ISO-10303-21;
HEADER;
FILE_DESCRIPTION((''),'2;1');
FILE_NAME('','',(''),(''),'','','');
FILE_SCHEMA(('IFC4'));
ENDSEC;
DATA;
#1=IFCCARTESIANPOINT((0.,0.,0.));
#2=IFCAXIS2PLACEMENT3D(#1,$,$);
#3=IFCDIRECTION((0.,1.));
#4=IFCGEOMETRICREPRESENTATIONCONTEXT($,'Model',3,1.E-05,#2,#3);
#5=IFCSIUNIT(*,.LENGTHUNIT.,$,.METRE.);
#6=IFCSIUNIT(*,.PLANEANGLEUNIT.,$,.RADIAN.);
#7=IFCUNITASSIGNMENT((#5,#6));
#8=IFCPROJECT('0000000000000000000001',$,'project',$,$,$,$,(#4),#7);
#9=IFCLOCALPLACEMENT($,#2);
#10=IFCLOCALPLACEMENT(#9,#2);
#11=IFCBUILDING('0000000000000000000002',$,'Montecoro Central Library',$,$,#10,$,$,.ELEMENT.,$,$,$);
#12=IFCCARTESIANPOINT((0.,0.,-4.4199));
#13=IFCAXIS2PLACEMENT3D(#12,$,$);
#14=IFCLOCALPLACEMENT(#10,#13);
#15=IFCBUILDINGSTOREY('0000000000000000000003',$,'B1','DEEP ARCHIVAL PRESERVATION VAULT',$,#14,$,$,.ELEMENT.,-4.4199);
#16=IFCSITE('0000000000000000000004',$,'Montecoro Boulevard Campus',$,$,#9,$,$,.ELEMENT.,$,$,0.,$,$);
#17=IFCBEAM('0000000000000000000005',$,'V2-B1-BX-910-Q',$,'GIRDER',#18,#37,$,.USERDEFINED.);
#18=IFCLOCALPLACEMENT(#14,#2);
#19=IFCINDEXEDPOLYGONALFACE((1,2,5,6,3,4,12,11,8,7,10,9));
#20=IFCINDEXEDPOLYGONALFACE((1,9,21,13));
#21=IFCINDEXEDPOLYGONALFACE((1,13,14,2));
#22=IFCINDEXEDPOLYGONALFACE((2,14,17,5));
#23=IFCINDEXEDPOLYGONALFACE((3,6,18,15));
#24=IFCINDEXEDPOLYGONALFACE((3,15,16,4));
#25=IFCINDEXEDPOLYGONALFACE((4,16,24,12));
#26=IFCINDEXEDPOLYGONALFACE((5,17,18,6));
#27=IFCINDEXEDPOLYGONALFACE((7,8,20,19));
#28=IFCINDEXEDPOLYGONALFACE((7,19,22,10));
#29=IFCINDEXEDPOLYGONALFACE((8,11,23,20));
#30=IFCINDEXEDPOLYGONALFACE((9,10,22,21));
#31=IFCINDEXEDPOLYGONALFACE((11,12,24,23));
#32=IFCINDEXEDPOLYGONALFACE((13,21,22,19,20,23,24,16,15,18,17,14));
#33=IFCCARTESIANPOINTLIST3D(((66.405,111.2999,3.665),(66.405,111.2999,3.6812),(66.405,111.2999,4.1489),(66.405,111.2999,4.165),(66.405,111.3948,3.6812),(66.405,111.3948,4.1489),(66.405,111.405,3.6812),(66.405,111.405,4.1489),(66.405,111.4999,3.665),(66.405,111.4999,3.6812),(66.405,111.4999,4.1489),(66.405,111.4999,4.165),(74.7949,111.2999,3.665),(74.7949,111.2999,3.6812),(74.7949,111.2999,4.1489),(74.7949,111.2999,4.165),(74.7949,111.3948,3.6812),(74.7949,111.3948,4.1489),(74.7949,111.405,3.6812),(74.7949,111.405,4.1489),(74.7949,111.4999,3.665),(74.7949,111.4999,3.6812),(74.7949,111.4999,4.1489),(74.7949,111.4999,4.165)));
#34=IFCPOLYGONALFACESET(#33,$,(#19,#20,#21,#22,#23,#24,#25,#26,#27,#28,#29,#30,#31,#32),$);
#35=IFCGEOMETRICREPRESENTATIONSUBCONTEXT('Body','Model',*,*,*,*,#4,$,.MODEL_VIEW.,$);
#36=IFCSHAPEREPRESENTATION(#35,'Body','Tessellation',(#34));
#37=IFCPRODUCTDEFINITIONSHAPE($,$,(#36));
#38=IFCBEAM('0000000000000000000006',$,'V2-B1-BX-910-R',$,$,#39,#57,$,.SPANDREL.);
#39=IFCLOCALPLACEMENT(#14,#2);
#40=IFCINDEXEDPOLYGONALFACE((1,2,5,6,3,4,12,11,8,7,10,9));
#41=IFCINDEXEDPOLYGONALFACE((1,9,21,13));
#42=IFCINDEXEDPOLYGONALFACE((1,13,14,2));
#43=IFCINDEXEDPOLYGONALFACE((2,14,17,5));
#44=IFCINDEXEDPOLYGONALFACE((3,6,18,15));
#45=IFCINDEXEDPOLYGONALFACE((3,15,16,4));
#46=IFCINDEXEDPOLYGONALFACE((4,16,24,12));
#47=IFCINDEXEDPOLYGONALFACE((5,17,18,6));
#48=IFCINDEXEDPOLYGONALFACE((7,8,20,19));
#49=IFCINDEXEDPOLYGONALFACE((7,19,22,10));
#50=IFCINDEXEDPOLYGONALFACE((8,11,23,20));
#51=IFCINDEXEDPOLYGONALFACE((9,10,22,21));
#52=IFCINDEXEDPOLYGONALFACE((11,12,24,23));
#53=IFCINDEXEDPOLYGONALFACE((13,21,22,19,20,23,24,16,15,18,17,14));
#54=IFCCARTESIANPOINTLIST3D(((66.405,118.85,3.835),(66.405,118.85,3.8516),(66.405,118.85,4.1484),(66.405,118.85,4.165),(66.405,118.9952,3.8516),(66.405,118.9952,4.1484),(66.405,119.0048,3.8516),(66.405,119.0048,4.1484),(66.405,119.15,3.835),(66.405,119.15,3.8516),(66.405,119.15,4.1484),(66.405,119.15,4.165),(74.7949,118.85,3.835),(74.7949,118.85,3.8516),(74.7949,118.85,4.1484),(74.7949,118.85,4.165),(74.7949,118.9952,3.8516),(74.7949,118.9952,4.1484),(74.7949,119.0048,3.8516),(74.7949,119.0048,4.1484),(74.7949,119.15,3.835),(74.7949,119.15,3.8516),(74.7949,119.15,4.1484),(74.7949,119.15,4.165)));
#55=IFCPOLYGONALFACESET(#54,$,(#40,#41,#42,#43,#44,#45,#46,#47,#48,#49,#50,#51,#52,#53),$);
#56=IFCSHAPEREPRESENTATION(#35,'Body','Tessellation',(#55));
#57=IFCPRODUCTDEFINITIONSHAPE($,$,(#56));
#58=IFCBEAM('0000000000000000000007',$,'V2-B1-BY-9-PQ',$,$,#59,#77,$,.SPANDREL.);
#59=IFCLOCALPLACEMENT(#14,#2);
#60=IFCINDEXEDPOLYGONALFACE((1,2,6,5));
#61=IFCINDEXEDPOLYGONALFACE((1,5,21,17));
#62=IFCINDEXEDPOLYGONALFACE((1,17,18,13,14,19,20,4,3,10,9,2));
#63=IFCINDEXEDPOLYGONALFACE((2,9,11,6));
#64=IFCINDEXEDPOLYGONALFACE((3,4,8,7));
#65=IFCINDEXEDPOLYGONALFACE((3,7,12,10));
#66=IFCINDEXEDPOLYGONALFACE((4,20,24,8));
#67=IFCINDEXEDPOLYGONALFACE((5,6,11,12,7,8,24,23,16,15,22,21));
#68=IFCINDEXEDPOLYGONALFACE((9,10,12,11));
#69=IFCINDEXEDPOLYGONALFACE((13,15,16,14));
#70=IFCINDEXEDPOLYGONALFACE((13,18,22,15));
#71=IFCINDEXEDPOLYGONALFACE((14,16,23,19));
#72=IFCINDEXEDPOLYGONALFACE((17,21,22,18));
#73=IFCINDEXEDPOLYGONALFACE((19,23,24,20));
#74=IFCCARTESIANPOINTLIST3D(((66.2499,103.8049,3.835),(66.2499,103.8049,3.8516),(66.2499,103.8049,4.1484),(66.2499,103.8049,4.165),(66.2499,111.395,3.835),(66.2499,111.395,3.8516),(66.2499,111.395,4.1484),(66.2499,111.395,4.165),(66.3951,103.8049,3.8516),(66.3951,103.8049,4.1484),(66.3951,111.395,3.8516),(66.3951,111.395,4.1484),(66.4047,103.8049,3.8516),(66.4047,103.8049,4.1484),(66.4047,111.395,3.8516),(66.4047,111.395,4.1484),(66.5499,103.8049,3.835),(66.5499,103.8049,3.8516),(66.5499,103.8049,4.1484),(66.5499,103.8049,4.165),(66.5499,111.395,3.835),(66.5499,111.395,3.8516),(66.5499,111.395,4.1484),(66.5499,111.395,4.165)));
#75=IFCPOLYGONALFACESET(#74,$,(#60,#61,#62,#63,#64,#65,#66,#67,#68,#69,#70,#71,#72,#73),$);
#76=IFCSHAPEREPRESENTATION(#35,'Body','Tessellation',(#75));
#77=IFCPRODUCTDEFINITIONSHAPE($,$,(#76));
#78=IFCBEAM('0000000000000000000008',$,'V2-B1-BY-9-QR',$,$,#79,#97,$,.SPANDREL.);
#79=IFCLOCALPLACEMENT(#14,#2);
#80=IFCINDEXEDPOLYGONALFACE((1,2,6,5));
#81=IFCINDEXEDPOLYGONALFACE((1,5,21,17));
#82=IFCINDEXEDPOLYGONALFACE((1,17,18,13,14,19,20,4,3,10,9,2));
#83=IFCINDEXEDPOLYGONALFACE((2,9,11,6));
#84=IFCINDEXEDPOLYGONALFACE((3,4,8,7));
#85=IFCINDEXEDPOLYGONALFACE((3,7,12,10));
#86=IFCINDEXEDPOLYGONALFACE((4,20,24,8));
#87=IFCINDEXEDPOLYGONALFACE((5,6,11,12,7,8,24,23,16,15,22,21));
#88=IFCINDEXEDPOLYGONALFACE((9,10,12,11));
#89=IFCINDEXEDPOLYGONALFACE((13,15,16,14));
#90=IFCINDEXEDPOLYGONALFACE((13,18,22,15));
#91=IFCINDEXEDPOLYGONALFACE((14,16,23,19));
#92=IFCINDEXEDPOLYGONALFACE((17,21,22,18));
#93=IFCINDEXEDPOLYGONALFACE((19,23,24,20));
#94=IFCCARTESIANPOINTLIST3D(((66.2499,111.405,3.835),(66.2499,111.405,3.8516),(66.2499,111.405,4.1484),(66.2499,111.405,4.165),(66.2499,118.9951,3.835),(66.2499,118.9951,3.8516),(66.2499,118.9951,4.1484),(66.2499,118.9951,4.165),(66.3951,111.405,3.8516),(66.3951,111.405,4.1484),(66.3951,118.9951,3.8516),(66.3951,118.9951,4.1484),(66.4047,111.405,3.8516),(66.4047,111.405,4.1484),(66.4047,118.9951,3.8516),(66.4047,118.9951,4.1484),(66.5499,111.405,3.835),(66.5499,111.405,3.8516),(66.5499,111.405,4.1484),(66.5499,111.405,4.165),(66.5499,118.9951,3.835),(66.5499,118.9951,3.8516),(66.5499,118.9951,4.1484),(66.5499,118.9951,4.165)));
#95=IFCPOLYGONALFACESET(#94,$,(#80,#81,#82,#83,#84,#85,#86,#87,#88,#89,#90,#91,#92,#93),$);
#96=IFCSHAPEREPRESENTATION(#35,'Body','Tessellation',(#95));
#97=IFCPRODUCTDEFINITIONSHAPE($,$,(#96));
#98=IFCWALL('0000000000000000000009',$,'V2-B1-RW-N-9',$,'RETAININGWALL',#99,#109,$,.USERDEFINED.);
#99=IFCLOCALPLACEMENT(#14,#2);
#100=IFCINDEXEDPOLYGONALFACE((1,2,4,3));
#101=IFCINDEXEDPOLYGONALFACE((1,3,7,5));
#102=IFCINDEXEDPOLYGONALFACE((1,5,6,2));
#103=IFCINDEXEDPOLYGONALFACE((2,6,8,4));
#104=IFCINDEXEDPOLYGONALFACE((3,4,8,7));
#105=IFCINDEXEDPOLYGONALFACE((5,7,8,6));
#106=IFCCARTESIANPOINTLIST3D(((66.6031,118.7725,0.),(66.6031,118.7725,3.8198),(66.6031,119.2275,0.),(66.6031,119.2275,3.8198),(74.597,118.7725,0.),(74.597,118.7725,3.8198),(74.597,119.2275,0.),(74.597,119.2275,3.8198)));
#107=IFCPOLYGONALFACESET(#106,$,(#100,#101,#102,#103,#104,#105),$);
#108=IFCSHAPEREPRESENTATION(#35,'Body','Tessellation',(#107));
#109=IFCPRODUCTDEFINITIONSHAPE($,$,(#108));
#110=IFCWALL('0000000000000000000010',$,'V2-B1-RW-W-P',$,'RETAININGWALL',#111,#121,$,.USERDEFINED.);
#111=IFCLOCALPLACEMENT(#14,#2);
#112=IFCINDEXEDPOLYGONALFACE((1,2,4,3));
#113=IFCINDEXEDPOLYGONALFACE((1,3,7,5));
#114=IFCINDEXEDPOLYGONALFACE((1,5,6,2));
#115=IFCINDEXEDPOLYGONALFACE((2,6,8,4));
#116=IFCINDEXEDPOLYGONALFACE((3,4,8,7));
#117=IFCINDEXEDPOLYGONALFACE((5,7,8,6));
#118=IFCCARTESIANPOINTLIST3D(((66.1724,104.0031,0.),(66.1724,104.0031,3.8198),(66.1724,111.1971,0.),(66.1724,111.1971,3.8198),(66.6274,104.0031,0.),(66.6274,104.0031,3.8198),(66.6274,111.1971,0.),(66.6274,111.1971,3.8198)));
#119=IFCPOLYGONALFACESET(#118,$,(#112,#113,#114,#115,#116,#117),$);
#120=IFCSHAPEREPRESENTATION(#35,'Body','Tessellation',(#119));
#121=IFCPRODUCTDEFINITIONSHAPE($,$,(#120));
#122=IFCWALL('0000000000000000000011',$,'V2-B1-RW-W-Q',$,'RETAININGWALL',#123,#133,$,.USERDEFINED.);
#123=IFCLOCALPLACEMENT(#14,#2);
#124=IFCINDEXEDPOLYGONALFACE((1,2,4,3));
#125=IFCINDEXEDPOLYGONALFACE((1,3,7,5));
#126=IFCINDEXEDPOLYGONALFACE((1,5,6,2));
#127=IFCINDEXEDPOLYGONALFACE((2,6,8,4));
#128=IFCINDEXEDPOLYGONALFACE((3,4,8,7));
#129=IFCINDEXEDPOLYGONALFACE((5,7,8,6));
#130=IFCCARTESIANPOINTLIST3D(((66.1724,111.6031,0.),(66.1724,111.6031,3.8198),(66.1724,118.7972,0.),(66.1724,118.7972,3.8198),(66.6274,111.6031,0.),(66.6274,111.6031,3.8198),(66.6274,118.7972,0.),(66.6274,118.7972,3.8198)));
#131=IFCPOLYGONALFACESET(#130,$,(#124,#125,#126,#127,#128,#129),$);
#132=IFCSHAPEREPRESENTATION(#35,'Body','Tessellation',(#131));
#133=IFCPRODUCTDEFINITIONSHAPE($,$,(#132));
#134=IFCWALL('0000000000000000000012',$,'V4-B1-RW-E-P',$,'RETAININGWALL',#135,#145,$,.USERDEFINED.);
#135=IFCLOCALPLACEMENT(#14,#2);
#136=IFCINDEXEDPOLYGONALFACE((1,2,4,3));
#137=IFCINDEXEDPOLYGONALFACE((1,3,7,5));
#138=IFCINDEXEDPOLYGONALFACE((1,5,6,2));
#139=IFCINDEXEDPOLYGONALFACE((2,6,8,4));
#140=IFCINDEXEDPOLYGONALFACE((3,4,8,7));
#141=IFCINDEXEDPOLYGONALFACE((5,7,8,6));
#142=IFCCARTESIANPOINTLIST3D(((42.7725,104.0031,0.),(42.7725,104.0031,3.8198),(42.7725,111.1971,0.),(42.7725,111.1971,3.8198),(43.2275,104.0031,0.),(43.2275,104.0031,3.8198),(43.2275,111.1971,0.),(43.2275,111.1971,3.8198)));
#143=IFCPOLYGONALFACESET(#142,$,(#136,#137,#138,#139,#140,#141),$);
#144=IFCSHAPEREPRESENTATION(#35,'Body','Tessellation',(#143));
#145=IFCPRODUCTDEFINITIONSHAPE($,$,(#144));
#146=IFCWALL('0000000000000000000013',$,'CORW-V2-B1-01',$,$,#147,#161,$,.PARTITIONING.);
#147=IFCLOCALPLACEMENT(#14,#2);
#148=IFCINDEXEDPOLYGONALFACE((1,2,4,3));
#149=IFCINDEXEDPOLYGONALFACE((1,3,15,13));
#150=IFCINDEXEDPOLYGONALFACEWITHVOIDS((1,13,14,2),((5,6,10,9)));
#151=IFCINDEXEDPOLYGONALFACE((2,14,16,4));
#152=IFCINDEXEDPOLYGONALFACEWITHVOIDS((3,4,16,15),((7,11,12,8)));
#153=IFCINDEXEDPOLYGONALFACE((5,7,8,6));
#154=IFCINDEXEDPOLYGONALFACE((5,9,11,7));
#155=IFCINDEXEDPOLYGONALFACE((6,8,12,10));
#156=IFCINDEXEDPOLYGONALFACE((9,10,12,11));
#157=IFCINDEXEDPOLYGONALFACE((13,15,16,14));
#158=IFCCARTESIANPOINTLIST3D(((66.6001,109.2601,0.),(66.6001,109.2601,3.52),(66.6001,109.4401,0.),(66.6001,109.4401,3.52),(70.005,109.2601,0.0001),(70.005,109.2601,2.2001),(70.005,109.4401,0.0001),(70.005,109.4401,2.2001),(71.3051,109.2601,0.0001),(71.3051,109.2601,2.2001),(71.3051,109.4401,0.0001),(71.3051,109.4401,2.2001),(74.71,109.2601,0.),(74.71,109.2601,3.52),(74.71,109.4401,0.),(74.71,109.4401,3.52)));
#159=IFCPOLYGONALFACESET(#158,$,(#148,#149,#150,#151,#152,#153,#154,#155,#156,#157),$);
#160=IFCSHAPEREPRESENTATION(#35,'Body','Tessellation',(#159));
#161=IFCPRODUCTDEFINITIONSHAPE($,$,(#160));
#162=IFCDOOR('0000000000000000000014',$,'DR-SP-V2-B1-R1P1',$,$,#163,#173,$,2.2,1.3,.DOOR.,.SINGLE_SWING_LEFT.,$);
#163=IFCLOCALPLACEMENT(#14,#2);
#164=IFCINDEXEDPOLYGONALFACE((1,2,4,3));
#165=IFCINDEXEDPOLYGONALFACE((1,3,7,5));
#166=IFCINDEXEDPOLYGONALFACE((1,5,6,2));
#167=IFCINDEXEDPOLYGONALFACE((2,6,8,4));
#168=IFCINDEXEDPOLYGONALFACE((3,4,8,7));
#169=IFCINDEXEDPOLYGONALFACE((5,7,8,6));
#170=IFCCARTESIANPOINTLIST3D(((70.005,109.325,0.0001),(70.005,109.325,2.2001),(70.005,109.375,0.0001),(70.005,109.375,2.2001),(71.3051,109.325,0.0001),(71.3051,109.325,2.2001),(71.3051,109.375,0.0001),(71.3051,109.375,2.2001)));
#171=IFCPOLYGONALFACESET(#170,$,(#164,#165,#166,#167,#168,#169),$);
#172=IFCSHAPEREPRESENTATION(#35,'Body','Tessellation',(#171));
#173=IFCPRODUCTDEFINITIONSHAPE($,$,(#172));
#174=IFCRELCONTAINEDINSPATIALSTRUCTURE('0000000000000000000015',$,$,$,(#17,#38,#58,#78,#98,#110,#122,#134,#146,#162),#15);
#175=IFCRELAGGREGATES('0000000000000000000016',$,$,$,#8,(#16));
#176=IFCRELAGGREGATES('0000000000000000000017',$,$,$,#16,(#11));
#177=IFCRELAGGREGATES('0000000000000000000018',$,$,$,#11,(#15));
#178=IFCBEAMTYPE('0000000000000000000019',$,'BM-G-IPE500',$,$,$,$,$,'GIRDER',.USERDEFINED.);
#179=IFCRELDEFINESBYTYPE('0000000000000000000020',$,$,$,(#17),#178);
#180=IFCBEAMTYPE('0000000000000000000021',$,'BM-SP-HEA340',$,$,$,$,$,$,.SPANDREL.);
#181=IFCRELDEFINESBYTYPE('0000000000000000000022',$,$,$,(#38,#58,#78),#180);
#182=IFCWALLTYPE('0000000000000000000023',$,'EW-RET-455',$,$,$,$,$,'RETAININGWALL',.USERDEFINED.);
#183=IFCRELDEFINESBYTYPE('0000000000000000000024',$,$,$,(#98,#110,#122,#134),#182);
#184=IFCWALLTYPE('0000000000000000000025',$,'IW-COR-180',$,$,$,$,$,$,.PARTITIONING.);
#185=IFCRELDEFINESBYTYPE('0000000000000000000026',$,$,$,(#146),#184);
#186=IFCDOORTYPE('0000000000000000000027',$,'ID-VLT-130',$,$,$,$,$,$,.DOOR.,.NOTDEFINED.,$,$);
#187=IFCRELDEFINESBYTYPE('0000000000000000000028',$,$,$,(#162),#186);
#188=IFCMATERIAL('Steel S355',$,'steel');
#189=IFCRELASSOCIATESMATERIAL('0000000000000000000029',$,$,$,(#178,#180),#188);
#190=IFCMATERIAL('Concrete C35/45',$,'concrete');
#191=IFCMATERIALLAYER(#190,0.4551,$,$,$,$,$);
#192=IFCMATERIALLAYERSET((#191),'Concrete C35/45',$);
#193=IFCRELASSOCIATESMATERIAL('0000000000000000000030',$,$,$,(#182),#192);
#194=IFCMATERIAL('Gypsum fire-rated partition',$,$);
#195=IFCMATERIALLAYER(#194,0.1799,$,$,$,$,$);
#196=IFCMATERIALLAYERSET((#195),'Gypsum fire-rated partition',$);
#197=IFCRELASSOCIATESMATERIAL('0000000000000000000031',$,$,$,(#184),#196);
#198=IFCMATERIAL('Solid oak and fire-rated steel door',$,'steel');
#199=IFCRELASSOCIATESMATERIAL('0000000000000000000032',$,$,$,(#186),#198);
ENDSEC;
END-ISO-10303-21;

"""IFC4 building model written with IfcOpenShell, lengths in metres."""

from ifc_helpers import new_model, si_unit, direction, frame, frame_2d, origin, origin_2d, place, context, subcontext, project, spatial, rectangle, i_section, extrude, material, layer, layer_set, material_profile, profile_set, type_object, element, fill, save


model = new_model("IFC4")

# Units and contexts
model_context = context("Model", 3, precision=1e-05, world=origin(), true_north=direction((0.0, 1.0)))
body_context = subcontext(model_context, "Body", "Model", "MODEL_VIEW")
ifc_project = project(units=[si_unit("LENGTHUNIT", "METRE"), si_unit("PLANEANGLEUNIT", "RADIAN")], contexts=[model_context])

# Site, building, storey
site_placement = place(None, origin())
site = spatial("IfcSite", under=ifc_project, at=site_placement, Name="Montecoro Boulevard Campus", CompositionType="ELEMENT", RefElevation=0.0)
building_placement = place(site_placement, origin())
building = spatial("IfcBuilding", under=site, at=building_placement, Name="Montecoro Central Library", CompositionType="ELEMENT")
storey_placement = place(building_placement, frame((0.0, 0.0, -4.4199)))
storey = spatial("IfcBuildingStorey", under=building, at=storey_placement, Name="B1", Description="DEEP ARCHIVAL PRESERVATION VAULT", CompositionType="ELEMENT", Elevation=-4.4199)

# Shared definitions
ifc_material_1 = material(Name="Concrete C35/45", Category="concrete")

# Beams
ifc_material_2 = material(Name="Steel S355", Category="steel")
ifc_material_profile_1 = material_profile(ifc_material_2, i_section(OverallWidth=0.2, OverallDepth=0.5, WebThickness=0.0103, FlangeThickness=0.0161, at=origin_2d()), Name="IPE 500")
ifc_profile_set_1 = profile_set([ifc_material_profile_1], Name="Steel S355")
beam_type_1 = type_object("IfcBeamType", Name="BM-G-IPE500", ElementType="GIRDER", PredefinedType="USERDEFINED", material=ifc_profile_set_1)
beam_1_placement = place(storey_placement, frame((66.405, 111.3999, 3.915), z_axis=(1.0, 0.0, 0.0), x_axis=(0.0, 1.0, 0.0)))
element("IfcBeam", 1, at=beam_1_placement, inside=storey, type_object=beam_type_1, Name="V2-B1-BX-910-Q", ObjectType="GIRDER", PredefinedType="USERDEFINED", context=body_context, shape_type="SweptSolid", body=[
    extrude(i_section(OverallWidth=0.2, OverallDepth=0.5, WebThickness=0.0103, FlangeThickness=0.0161, at=origin_2d()), origin(), (0.0, 0.0, 1.0), 8.3899),
])
ifc_material_profile_2 = material_profile(ifc_material_2, i_section(OverallWidth=0.3, OverallDepth=0.3301, WebThickness=0.0095, FlangeThickness=0.0166, at=origin_2d()), Name="HEA 340")
ifc_profile_set_2 = profile_set([ifc_material_profile_2], Name="Steel S355")
beam_type_2 = type_object("IfcBeamType", Name="BM-SP-HEA340", PredefinedType="SPANDREL", material=ifc_profile_set_2)
beam_2_placement = place(storey_placement, frame((66.405, 119.0, 4.0), z_axis=(1.0, 0.0, 0.0), x_axis=(0.0, 1.0, 0.0)))
element("IfcBeam", 2, at=beam_2_placement, inside=storey, type_object=beam_type_2, Name="V2-B1-BX-910-R", PredefinedType="SPANDREL", context=body_context, shape_type="SweptSolid", body=[
    extrude(i_section(OverallWidth=0.3, OverallDepth=0.3301, WebThickness=0.0095, FlangeThickness=0.0166, at=origin_2d()), origin(), (0.0, 0.0, 1.0), 8.3899),
])
for number, where, z_axis, x_axis, name in (
    (3, (66.3999, 103.8049, 4.0), (0.0, 1.0, 0.0), (-1.0, 0.0, 0.0), "V2-B1-BY-9-PQ"),
    (4, (66.3999, 111.405, 4.0), (0.0, 1.0, 0.0), (-1.0, 0.0, 0.0), "V2-B1-BY-9-QR"),
):
    element("IfcBeam", number, at=place(storey_placement, frame(where, z_axis=z_axis, x_axis=x_axis)), inside=storey, type_object=beam_type_2, Name=name, PredefinedType="SPANDREL", context=body_context, shape_type="SweptSolid", body=[
        extrude(i_section(OverallWidth=0.3, OverallDepth=0.3301, WebThickness=0.0095, FlangeThickness=0.0166, at=origin_2d()), origin(), (0.0, 0.0, 1.0), 7.5901),
    ])

# Walls
ifc_layer_1 = layer(ifc_material_1, 0.4551)
ifc_layer_set_1 = layer_set([ifc_layer_1], Name="Concrete C35/45")
wall_type_1 = type_object("IfcWallType", Name="EW-RET-455", ElementType="RETAININGWALL", PredefinedType="USERDEFINED", material=ifc_layer_set_1)
wall_1_placement = place(storey_placement, frame((66.603, 119.0, 0.0), z_axis=(0.0, 0.0, 1.0), x_axis=(1.0, 0.0, 0.0)))
element("IfcWall", 5, at=wall_1_placement, inside=storey, type_object=wall_type_1, Name="V2-B1-RW-N-9", ObjectType="RETAININGWALL", PredefinedType="USERDEFINED", context=body_context, shape_type="SweptSolid", body=[
    extrude(rectangle(XDim=7.9939, YDim=0.4551, at=frame_2d((3.9971, 0.0))), origin(), (0.0, 0.0, 1.0), 3.8198),
])
for number, where, z_axis, x_axis, name in (
    (6, (66.3999, 104.0029, 0.0), (0.0, 0.0, 1.0), (0.0, 1.0, 0.0), "V2-B1-RW-W-P"),
    (7, (66.3999, 111.603, 0.0), (0.0, 0.0, 1.0), (0.0, 1.0, 0.0), "V2-B1-RW-W-Q"),
    (8, (43.0, 104.0029, 0.0), (0.0, 0.0, 1.0), (0.0, 1.0, 0.0), "V4-B1-RW-E-P"),
):
    element("IfcWall", number, at=place(storey_placement, frame(where, z_axis=z_axis, x_axis=x_axis)), inside=storey, type_object=wall_type_1, Name=name, ObjectType="RETAININGWALL", PredefinedType="USERDEFINED", context=body_context, shape_type="SweptSolid", body=[
        extrude(rectangle(XDim=7.1941, YDim=0.4551, at=frame_2d((3.5972, 0.0))), origin(), (0.0, 0.0, 1.0), 3.8198),
    ])

# Wall, opening, door
ifc_material_3 = material(Name="Gypsum fire-rated partition")
ifc_layer_2 = layer(ifc_material_3, 0.1799)
ifc_layer_set_2 = layer_set([ifc_layer_2], Name="Gypsum fire-rated partition")
wall_type_2 = type_object("IfcWallType", Name="IW-COR-180", PredefinedType="PARTITIONING", material=ifc_layer_set_2)
wall_2_placement = place(storey_placement, frame((66.6001, 109.3501, 0.0), z_axis=(0.0, 0.0, 1.0), x_axis=(1.0, 0.0, 0.0)))
wall_2 = element("IfcWall", 9, at=wall_2_placement, inside=storey, type_object=wall_type_2, Name="CORW-V2-B1-01", PredefinedType="PARTITIONING", context=body_context, shape_type="SweptSolid", body=[
    extrude(rectangle(XDim=8.1099, YDim=0.1799, at=frame_2d((4.0549, 0.0))), origin(), (0.0, 0.0, 1.0), 3.52),
])
opening_placement = place(wall_2_placement, frame((3.405, 0.0, 0.0)))
opening = element("IfcOpeningElement", 10, at=opening_placement, cuts=wall_2, PredefinedType="OPENING", context=body_context, shape_type="SweptSolid", body=[
    extrude(rectangle(XDim=1.3, YDim=2.2, at=frame_2d((0.6499, 1.1001))), frame((0.0, 0.0999, 0.0), z_axis=(0.0, -1.0, 0.0), x_axis=(1.0, 0.0, 0.0)), (0.0, 0.0, 1.0), 0.2),
])
ifc_material_4 = material(Name="Solid oak and fire-rated steel door", Category="steel")
door_type = type_object("IfcDoorType", Name="ID-VLT-130", OperationType="NOTDEFINED", PredefinedType="DOOR", material=ifc_material_4)
door_placement = place(opening_placement, origin())
door = element("IfcDoor", 11, at=door_placement, inside=storey, type_object=door_type, Name="DR-SP-V2-B1-R1P1", OperationType="SINGLE_SWING_LEFT", OverallHeight=2.2, OverallWidth=1.3, PredefinedType="DOOR", context=body_context, shape_type="SweptSolid", body=[
    extrude(rectangle(XDim=1.3, YDim=2.2, at=frame_2d((0.6499, 1.1001))), frame((0.0, 0.0249, 0.0), z_axis=(0.0, -1.0, 0.0), x_axis=(1.0, 0.0, 0.0)), (0.0, 0.0, 1.0), 0.05),
])
fill(opening, door)

save(model, "model.ifc")
